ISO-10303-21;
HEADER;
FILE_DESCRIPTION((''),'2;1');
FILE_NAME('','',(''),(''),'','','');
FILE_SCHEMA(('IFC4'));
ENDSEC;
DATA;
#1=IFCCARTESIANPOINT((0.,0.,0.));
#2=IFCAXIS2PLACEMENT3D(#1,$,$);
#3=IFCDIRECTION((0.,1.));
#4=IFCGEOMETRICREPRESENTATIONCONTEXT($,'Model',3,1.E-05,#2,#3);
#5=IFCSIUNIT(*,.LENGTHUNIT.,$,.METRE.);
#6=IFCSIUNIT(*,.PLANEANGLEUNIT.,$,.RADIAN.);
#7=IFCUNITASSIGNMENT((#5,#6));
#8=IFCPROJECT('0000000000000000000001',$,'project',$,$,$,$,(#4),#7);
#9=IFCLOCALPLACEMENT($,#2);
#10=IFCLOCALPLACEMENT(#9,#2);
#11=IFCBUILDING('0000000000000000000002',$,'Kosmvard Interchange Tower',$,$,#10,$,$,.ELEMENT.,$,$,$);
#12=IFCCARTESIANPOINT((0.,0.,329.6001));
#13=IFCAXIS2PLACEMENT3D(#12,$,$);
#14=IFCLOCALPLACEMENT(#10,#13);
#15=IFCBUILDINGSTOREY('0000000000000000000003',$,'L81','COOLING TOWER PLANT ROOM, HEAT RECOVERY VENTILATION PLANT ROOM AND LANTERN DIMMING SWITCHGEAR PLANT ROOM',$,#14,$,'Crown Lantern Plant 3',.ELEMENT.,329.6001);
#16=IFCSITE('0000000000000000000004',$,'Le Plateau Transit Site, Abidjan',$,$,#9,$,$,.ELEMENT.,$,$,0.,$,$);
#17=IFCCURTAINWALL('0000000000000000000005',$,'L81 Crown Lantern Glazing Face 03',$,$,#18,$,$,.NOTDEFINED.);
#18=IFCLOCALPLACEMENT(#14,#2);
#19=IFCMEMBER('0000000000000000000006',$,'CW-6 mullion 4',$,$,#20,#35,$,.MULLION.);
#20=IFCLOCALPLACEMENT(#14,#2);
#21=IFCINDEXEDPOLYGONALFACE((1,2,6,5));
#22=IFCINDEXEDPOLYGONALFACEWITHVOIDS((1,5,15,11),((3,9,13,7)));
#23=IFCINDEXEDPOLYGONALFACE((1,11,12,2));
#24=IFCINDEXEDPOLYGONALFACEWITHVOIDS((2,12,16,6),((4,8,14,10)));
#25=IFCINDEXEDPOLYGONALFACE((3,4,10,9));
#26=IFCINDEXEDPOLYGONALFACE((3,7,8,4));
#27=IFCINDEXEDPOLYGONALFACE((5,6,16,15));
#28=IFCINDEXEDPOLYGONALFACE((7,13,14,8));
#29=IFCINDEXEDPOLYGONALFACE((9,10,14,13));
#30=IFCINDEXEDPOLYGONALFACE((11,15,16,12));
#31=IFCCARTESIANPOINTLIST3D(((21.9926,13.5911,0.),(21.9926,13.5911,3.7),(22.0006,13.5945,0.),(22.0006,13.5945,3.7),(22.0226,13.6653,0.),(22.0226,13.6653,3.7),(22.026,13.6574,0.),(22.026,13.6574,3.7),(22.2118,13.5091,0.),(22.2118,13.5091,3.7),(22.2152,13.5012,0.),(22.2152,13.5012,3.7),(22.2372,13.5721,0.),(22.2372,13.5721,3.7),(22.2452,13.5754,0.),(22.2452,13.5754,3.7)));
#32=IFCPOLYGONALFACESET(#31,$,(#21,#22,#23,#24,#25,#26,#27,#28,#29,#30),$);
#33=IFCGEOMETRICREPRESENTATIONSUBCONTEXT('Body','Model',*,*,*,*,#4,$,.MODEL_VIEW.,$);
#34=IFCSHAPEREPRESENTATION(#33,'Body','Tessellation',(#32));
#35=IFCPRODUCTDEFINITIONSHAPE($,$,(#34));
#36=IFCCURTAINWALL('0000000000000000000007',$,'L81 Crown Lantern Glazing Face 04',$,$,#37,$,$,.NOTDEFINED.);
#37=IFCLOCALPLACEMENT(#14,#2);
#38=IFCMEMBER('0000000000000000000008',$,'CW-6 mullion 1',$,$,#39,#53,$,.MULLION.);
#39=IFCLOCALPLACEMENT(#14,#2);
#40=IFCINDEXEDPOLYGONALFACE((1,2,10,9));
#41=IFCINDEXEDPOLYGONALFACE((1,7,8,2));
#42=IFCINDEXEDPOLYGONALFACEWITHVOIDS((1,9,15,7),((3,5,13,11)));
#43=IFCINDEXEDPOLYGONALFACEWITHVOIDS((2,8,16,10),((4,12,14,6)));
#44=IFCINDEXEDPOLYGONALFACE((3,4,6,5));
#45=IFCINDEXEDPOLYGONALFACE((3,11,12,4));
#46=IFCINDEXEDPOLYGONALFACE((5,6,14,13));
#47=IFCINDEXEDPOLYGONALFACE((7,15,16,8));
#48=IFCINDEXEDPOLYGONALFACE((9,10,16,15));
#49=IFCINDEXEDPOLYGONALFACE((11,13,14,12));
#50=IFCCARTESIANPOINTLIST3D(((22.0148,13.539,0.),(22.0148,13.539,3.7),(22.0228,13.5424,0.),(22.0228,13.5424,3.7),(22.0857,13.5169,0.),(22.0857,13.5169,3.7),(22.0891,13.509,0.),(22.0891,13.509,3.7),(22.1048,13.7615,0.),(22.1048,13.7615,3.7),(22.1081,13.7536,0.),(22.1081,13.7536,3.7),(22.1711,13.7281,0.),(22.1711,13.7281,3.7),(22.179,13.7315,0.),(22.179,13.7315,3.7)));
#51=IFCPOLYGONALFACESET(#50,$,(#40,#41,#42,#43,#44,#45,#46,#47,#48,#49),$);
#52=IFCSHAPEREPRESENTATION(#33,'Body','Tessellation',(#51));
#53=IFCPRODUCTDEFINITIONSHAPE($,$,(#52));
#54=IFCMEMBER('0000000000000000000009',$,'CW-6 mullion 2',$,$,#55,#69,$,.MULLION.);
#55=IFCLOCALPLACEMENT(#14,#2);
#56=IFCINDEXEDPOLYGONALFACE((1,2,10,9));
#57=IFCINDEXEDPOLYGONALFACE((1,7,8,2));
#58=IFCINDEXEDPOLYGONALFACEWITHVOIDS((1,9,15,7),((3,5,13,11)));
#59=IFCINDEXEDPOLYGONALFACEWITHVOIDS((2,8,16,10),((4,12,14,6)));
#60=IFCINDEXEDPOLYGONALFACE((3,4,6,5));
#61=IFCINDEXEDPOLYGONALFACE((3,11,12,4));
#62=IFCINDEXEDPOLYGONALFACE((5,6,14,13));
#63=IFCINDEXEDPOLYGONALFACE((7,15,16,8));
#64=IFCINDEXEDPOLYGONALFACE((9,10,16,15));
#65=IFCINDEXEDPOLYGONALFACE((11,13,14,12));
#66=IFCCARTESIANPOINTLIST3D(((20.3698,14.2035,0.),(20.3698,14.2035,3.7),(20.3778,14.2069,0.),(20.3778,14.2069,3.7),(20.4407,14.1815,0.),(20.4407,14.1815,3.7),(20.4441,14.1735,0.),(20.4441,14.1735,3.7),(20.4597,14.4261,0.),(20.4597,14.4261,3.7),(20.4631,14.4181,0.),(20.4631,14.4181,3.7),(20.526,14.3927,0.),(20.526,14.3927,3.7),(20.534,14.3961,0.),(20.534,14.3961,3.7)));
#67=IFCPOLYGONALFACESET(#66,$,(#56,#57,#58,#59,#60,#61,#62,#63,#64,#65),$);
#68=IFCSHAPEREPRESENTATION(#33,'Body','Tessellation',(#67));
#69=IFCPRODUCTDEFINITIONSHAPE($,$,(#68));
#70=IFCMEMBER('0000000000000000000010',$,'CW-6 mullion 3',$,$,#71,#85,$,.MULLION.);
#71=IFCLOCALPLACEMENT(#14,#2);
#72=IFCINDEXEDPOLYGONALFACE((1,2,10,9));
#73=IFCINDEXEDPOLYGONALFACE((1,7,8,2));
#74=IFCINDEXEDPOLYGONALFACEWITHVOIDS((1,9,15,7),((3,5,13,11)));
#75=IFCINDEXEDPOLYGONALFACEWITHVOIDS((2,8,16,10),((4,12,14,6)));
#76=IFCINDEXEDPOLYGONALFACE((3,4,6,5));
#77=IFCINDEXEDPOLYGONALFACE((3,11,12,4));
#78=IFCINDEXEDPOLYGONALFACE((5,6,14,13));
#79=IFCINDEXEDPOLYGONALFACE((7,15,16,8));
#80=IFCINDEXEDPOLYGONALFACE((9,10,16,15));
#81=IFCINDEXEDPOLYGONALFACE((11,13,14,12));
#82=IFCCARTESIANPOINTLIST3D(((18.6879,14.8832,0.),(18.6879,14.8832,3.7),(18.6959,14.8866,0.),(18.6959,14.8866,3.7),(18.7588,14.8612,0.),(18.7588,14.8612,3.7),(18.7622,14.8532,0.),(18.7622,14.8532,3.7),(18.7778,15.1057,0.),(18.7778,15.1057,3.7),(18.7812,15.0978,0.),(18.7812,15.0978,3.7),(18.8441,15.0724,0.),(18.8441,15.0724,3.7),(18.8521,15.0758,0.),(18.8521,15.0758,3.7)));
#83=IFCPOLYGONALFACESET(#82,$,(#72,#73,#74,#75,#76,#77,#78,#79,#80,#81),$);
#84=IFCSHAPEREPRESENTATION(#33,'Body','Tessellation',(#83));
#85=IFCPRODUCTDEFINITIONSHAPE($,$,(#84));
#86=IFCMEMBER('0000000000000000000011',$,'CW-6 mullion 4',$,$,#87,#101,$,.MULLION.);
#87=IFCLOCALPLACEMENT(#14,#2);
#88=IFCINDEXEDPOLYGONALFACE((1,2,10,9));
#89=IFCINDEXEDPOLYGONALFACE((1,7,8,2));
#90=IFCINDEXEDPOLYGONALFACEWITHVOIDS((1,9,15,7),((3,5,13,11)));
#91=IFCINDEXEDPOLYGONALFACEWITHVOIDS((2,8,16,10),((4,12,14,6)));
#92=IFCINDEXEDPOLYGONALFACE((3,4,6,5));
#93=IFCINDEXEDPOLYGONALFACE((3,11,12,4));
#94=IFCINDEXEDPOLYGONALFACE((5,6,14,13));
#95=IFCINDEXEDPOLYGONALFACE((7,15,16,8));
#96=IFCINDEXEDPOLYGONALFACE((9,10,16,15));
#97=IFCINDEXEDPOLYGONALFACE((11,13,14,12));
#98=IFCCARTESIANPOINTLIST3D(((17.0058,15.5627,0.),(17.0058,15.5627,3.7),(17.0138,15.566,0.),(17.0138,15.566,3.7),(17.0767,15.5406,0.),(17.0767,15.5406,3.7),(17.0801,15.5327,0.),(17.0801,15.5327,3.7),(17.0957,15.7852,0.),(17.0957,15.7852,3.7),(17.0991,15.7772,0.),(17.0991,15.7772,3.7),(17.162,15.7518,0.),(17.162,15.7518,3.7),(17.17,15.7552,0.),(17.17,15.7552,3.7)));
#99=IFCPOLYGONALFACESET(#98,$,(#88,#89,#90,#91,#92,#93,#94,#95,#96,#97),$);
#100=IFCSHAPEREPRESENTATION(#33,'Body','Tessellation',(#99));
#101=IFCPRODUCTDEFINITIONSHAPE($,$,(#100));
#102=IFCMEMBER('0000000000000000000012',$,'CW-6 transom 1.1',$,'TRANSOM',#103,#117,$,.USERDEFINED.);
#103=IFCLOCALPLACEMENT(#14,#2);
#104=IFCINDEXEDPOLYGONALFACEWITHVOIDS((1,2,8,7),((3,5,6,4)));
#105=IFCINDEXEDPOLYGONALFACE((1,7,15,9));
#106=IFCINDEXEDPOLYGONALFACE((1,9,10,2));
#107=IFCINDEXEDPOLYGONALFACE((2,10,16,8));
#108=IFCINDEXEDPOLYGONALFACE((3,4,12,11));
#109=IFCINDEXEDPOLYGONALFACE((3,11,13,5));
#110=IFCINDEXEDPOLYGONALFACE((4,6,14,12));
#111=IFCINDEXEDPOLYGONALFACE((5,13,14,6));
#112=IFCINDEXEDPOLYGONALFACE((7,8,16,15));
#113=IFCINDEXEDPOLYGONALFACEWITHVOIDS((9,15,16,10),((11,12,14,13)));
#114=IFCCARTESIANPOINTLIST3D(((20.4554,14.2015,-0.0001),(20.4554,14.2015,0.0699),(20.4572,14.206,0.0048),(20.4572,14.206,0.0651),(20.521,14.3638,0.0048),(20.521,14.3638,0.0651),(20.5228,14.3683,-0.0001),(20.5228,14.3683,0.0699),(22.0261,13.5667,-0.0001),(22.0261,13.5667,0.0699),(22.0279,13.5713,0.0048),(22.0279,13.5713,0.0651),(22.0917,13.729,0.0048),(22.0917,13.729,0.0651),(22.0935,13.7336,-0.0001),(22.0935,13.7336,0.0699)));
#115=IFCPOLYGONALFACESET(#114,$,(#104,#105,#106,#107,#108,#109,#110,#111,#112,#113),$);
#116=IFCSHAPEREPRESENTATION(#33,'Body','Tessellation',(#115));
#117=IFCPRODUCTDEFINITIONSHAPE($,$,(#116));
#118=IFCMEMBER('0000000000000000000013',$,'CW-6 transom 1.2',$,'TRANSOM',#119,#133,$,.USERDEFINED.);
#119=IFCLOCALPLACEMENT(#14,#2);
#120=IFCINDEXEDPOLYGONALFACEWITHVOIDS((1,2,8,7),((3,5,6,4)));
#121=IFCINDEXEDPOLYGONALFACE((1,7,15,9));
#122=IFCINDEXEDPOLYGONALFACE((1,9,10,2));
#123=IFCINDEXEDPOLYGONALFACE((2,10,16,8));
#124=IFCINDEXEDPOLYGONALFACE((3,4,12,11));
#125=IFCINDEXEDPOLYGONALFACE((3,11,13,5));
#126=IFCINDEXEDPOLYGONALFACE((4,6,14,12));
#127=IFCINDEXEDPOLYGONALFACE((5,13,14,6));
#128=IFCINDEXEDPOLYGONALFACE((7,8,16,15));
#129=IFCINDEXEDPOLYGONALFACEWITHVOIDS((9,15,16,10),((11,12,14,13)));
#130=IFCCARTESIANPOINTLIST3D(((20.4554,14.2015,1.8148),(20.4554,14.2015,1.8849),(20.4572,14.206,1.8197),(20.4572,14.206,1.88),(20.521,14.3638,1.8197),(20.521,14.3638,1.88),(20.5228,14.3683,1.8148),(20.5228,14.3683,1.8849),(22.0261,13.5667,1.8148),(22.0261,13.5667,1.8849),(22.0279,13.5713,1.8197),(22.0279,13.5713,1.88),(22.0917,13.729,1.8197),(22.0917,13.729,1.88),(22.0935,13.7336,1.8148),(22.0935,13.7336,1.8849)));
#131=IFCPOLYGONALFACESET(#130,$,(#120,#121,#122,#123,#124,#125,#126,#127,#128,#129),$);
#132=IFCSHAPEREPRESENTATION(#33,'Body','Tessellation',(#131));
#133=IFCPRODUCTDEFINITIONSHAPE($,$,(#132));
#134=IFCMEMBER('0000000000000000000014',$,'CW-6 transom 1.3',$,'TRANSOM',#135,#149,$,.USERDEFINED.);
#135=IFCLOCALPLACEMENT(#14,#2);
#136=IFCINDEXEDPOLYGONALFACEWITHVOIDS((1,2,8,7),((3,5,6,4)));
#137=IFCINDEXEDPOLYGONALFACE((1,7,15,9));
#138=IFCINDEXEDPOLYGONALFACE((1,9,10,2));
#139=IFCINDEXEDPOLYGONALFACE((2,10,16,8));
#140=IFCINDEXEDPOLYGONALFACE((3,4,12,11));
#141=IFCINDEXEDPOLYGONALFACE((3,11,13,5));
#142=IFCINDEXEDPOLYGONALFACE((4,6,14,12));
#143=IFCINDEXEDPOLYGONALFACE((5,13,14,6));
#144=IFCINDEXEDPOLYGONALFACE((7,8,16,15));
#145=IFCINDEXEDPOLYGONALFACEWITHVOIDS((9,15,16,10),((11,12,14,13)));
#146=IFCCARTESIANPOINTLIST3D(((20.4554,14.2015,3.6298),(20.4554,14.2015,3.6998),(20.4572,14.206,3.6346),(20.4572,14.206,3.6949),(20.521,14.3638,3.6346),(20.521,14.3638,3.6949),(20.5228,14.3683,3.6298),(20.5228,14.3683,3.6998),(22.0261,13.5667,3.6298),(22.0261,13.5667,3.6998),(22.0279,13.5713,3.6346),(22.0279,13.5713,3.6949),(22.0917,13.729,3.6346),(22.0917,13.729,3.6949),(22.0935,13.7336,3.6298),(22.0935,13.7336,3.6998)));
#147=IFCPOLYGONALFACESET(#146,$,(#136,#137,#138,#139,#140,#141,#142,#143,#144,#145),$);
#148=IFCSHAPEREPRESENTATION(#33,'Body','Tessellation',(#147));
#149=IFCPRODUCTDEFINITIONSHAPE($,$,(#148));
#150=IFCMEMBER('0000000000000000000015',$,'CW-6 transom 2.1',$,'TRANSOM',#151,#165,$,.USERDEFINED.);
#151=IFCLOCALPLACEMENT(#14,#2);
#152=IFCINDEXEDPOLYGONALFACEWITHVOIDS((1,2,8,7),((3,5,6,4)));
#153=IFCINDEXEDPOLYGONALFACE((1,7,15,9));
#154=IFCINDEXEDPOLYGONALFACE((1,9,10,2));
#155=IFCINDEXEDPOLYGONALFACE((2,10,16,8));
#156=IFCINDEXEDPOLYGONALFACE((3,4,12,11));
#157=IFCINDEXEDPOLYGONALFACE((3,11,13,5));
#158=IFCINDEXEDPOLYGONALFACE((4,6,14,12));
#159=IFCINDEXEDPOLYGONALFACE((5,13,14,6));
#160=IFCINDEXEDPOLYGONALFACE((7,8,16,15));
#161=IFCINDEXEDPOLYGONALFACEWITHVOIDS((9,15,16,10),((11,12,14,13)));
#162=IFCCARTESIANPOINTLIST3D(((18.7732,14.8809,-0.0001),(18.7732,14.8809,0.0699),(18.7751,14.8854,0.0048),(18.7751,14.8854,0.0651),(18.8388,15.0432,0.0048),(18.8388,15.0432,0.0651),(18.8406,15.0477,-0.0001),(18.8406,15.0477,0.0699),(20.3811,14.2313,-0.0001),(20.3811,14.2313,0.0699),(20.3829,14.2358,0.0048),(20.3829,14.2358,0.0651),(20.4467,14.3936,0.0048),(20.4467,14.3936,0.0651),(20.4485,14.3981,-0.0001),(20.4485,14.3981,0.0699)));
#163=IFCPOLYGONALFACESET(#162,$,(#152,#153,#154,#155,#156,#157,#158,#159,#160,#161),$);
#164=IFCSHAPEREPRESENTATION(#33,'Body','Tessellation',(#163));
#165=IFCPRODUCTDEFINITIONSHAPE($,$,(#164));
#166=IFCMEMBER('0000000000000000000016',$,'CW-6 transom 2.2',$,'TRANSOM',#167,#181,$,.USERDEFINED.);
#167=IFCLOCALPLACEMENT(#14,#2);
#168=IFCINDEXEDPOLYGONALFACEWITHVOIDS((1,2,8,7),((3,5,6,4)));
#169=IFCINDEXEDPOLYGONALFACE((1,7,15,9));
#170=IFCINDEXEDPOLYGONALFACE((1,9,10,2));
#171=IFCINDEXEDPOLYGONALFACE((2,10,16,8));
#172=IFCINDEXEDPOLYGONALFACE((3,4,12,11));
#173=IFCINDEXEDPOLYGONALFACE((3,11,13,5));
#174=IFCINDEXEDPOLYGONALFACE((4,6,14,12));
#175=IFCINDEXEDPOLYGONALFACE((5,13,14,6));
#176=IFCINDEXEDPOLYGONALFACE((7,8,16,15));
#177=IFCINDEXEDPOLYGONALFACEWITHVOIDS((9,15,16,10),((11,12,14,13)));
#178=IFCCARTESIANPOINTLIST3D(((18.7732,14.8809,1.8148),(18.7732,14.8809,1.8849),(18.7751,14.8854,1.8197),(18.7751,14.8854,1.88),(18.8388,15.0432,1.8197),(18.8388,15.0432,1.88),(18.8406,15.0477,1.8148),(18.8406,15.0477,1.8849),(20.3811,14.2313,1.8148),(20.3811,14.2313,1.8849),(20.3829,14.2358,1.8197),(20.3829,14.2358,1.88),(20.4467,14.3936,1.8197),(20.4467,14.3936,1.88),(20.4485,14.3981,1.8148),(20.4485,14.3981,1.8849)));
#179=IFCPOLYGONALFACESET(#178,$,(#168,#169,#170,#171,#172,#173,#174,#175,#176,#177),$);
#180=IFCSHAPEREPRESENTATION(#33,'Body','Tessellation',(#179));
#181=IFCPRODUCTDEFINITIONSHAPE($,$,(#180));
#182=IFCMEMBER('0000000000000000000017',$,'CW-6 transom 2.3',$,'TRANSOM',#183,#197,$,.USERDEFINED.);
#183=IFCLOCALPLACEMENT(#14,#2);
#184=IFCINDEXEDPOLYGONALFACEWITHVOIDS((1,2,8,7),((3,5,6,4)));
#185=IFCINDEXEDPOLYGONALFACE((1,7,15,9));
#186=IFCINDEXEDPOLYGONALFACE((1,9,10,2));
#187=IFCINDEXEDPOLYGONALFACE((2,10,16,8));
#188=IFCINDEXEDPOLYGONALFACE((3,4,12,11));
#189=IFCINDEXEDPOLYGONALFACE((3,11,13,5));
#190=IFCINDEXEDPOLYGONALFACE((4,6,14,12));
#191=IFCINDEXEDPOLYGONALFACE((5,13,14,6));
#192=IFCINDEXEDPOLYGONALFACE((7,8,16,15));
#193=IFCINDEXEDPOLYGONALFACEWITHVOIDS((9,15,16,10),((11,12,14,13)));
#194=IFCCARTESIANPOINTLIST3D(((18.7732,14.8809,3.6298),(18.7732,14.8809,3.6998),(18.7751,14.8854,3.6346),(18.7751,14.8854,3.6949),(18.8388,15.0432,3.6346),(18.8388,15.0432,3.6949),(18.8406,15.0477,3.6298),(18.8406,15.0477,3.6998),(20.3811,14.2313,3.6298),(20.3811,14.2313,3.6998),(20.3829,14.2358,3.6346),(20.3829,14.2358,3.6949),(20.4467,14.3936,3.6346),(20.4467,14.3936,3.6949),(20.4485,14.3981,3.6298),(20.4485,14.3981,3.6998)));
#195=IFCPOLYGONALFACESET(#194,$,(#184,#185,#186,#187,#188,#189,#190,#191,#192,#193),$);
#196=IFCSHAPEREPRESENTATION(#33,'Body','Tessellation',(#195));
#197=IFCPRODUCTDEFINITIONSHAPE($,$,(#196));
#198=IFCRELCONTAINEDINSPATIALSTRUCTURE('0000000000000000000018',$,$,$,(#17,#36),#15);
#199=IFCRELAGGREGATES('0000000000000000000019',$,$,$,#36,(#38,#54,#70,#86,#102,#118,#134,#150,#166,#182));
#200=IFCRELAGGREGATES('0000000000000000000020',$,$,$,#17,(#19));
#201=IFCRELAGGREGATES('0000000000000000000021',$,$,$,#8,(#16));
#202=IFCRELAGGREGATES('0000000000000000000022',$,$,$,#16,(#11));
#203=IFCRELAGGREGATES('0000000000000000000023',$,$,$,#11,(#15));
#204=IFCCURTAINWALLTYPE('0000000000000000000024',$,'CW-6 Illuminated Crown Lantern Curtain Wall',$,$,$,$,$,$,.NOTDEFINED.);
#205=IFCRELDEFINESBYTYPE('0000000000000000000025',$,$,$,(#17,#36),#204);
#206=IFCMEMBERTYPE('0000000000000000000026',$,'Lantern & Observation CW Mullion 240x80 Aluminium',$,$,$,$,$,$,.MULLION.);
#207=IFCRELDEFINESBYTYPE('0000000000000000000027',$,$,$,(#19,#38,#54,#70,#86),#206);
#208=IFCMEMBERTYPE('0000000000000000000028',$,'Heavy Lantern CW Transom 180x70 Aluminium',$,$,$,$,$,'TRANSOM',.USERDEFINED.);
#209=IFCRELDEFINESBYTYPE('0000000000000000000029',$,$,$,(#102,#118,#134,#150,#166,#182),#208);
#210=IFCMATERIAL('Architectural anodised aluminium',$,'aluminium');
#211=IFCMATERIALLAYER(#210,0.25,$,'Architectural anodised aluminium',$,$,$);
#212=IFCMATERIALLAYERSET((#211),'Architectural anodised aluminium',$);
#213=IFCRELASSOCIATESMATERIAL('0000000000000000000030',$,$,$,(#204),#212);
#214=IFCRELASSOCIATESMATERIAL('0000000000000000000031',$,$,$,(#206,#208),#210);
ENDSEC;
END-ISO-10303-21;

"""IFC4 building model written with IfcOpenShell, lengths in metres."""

from ifc_helpers import new_model, si_unit, direction, frame, origin, origin_2d, place, context, subcontext, project, spatial, hollow_rectangle, extrude, source, transform, mapped, material, layer, layer_set, material_profile, profile_set, type_object, element, aggregate, save


model = new_model("IFC4")

# Units and contexts
model_context = context("Model", 3, precision=1e-05, world=origin(), true_north=direction((0.0, 1.0)))
body_context = subcontext(model_context, "Body", "Model", "MODEL_VIEW")
ifc_project = project(units=[si_unit("LENGTHUNIT", "METRE"), si_unit("PLANEANGLEUNIT", "RADIAN")], contexts=[model_context])

# Site, building, storey
site_placement = place(None, origin())
site = spatial("IfcSite", under=ifc_project, at=site_placement, Name="Le Plateau Transit Site, Abidjan", CompositionType="ELEMENT", RefElevation=0.0)
building_placement = place(site_placement, origin())
building = spatial("IfcBuilding", under=site, at=building_placement, Name="Kosmvard Interchange Tower", CompositionType="ELEMENT")
storey_placement = place(building_placement, frame((0.0, 0.0, 329.6001)))
storey = spatial("IfcBuildingStorey", under=building, at=storey_placement, Name="L81", Description="COOLING TOWER PLANT ROOM, HEAT RECOVERY VENTILATION PLANT ROOM AND LANTERN DIMMING SWITCHGEAR PLANT ROOM", LongName="Crown Lantern Plant 3", CompositionType="ELEMENT", Elevation=329.6001)

# Curtain wall, member
ifc_material_1 = material(Name="Architectural anodised aluminium", Category="aluminium")
ifc_layer_1 = layer(ifc_material_1, 0.25, Name="Architectural anodised aluminium")
ifc_layer_set_1 = layer_set([ifc_layer_1], Name="Architectural anodised aluminium")
curtain_wall_type = type_object("IfcCurtainWallType", Name="CW-6 Illuminated Crown Lantern Curtain Wall", PredefinedType="NOTDEFINED", material=ifc_layer_set_1)
curtain_wall_1_placement = place(storey_placement, origin())
curtain_wall_1 = element("IfcCurtainWall", 1, at=curtain_wall_1_placement, inside=storey, type_object=curtain_wall_type, Name="L81 Crown Lantern Glazing Face 03", PredefinedType="NOTDEFINED")
ifc_material_profile_1 = material_profile(ifc_material_1, hollow_rectangle(XDim=0.24, YDim=0.0801, WallThickness=0.0061, at=origin_2d()), Name="CWM 240x80x6")
ifc_profile_set_1 = profile_set([ifc_material_profile_1], Name="Architectural anodised aluminium")
member_type_1 = type_object("IfcMemberType", Name="Lantern & Observation CW Mullion 240x80 Aluminium", PredefinedType="MULLION", material=ifc_profile_set_1)
shared_shape_1 = source(origin(), body_context, "Body", "SweptSolid", [
    extrude(hollow_rectangle(XDim=0.24, YDim=0.0801, WallThickness=0.0061, at=origin_2d()), origin(), (0.0, 0.0, 1.0), 3.7),
])
member_1_placement = place(storey_placement, frame((22.1189, 13.5833, 0.0), z_axis=(0.0, 0.0, 1.0), x_axis=(-0.927184, 0.374607, 0.0)))
member_1 = element("IfcMember", 2, at=member_1_placement, type_object=member_type_1, Name="CW-6 mullion 4", PredefinedType="MULLION", context=body_context, shape_type="MappedRepresentation", body=[
    mapped(shared_shape_1, transform((0.0, 0.0, 0.0), scale=1.0)),
])

# Curtain wall, members
curtain_wall_2_placement = place(storey_placement, origin())
curtain_wall_2 = element("IfcCurtainWall", 3, at=curtain_wall_2_placement, inside=storey, type_object=curtain_wall_type, Name="L81 Crown Lantern Glazing Face 04", PredefinedType="NOTDEFINED")
member_2_placement = place(storey_placement, frame((22.0969, 13.6353, 0.0), z_axis=(0.0, 0.0, 1.0), x_axis=(-0.374607, -0.927184, 0.0)))
member_2 = element("IfcMember", 4, at=member_2_placement, type_object=member_type_1, Name="CW-6 mullion 1", PredefinedType="MULLION", context=body_context, shape_type="MappedRepresentation", body=[
    mapped(shared_shape_1, transform((0.0, 0.0, 0.0), scale=1.0)),
])
member_3_placement = place(storey_placement, frame((20.4519, 14.2998, 0.0), z_axis=(0.0, 0.0, 1.0), x_axis=(-0.374607, -0.927184, 0.0)))
member_3 = element("IfcMember", 5, at=member_3_placement, type_object=member_type_1, Name="CW-6 mullion 2", PredefinedType="MULLION", context=body_context, shape_type="MappedRepresentation", body=[
    mapped(shared_shape_1, transform((0.0, 0.0, 0.0), scale=1.0)),
])
member_4_placement = place(storey_placement, frame((18.77, 14.9795, 0.0), z_axis=(0.0, 0.0, 1.0), x_axis=(-0.374607, -0.927184, 0.0)))
member_4 = element("IfcMember", 6, at=member_4_placement, type_object=member_type_1, Name="CW-6 mullion 3", PredefinedType="MULLION", context=body_context, shape_type="MappedRepresentation", body=[
    mapped(shared_shape_1, transform((0.0, 0.0, 0.0), scale=1.0)),
])
member_5_placement = place(storey_placement, frame((17.0879, 15.6589, 0.0), z_axis=(0.0, 0.0, 1.0), x_axis=(-0.374607, -0.927184, 0.0)))
member_5 = element("IfcMember", 7, at=member_5_placement, type_object=member_type_1, Name="CW-6 mullion 4", PredefinedType="MULLION", context=body_context, shape_type="MappedRepresentation", body=[
    mapped(shared_shape_1, transform((0.0, 0.0, 0.0), scale=1.0)),
])
ifc_material_profile_2 = material_profile(ifc_material_1, hollow_rectangle(XDim=0.1799, YDim=0.0701, WallThickness=0.0049, at=origin_2d()), Name="CWT 180x70x5")
ifc_profile_set_2 = profile_set([ifc_material_profile_2], Name="Architectural anodised aluminium")
member_type_2 = type_object("IfcMemberType", Name="Heavy Lantern CW Transom 180x70 Aluminium", ElementType="TRANSOM", PredefinedType="USERDEFINED", material=ifc_profile_set_2)
shared_shape_2 = source(origin(), body_context, "Body", "SweptSolid", [
    extrude(hollow_rectangle(XDim=0.1799, YDim=0.0701, WallThickness=0.0049, at=origin_2d()), origin(), (0.0, 0.0, 1.0), 1.6941),
])
member_6_placement = place(storey_placement, frame((22.0598, 13.6501, 0.0349), z_axis=(-0.927159, 0.374668, 0.0), x_axis=(-0.374668, -0.927159, 0.0)))
member_6 = element("IfcMember", 8, at=member_6_placement, type_object=member_type_2, Name="CW-6 transom 1.1", ObjectType="TRANSOM", PredefinedType="USERDEFINED", context=body_context, shape_type="MappedRepresentation", body=[
    mapped(shared_shape_2, transform((0.0, 0.0, 0.0), scale=1.0)),
])
member_7_placement = place(storey_placement, frame((22.0598, 13.6501, 1.8499), z_axis=(-0.927159, 0.374668, 0.0), x_axis=(-0.374668, -0.927159, 0.0)))
member_7 = element("IfcMember", 9, at=member_7_placement, type_object=member_type_2, Name="CW-6 transom 1.2", ObjectType="TRANSOM", PredefinedType="USERDEFINED", context=body_context, shape_type="MappedRepresentation", body=[
    mapped(shared_shape_2, transform((0.0, 0.0, 0.0), scale=1.0)),
])
member_8_placement = place(storey_placement, frame((22.0598, 13.6501, 3.6648), z_axis=(-0.927159, 0.374668, 0.0), x_axis=(-0.374668, -0.927159, 0.0)))
member_8 = element("IfcMember", 10, at=member_8_placement, type_object=member_type_2, Name="CW-6 transom 1.3", ObjectType="TRANSOM", PredefinedType="USERDEFINED", context=body_context, shape_type="MappedRepresentation", body=[
    mapped(shared_shape_2, transform((0.0, 0.0, 0.0), scale=1.0)),
])
shared_shape_3 = source(origin(), body_context, "Body", "SweptSolid", [
    extrude(hollow_rectangle(XDim=0.1799, YDim=0.0701, WallThickness=0.0049, at=origin_2d()), origin(), (0.0, 0.0, 1.0), 1.7341),
])
member_9_placement = place(storey_placement, frame((20.4148, 14.3147, 0.0349), z_axis=(-0.92718, 0.374617, 0.0), x_axis=(-0.374617, -0.92718, 0.0)))
member_9 = element("IfcMember", 11, at=member_9_placement, type_object=member_type_2, Name="CW-6 transom 2.1", ObjectType="TRANSOM", PredefinedType="USERDEFINED", context=body_context, shape_type="MappedRepresentation", body=[
    mapped(shared_shape_3, transform((0.0, 0.0, 0.0), scale=1.0)),
])
member_10_placement = place(storey_placement, frame((20.4148, 14.3147, 1.8499), z_axis=(-0.92718, 0.374617, 0.0), x_axis=(-0.374617, -0.92718, 0.0)))
member_10 = element("IfcMember", 12, at=member_10_placement, type_object=member_type_2, Name="CW-6 transom 2.2", ObjectType="TRANSOM", PredefinedType="USERDEFINED", context=body_context, shape_type="MappedRepresentation", body=[
    mapped(shared_shape_3, transform((0.0, 0.0, 0.0), scale=1.0)),
])
member_11_placement = place(storey_placement, frame((20.4148, 14.3147, 3.6648), z_axis=(-0.92718, 0.374617, 0.0), x_axis=(-0.374617, -0.92718, 0.0)))
member_11 = element("IfcMember", 13, at=member_11_placement, type_object=member_type_2, Name="CW-6 transom 2.3", ObjectType="TRANSOM", PredefinedType="USERDEFINED", context=body_context, shape_type="MappedRepresentation", body=[
    mapped(shared_shape_3, transform((0.0, 0.0, 0.0), scale=1.0)),
])
aggregate(curtain_wall_2, [member_2, member_3, member_4, member_5, member_6, member_7, member_8, member_9, member_10, member_11])

aggregate(curtain_wall_1, [member_1])

save(model, "model.ifc")
